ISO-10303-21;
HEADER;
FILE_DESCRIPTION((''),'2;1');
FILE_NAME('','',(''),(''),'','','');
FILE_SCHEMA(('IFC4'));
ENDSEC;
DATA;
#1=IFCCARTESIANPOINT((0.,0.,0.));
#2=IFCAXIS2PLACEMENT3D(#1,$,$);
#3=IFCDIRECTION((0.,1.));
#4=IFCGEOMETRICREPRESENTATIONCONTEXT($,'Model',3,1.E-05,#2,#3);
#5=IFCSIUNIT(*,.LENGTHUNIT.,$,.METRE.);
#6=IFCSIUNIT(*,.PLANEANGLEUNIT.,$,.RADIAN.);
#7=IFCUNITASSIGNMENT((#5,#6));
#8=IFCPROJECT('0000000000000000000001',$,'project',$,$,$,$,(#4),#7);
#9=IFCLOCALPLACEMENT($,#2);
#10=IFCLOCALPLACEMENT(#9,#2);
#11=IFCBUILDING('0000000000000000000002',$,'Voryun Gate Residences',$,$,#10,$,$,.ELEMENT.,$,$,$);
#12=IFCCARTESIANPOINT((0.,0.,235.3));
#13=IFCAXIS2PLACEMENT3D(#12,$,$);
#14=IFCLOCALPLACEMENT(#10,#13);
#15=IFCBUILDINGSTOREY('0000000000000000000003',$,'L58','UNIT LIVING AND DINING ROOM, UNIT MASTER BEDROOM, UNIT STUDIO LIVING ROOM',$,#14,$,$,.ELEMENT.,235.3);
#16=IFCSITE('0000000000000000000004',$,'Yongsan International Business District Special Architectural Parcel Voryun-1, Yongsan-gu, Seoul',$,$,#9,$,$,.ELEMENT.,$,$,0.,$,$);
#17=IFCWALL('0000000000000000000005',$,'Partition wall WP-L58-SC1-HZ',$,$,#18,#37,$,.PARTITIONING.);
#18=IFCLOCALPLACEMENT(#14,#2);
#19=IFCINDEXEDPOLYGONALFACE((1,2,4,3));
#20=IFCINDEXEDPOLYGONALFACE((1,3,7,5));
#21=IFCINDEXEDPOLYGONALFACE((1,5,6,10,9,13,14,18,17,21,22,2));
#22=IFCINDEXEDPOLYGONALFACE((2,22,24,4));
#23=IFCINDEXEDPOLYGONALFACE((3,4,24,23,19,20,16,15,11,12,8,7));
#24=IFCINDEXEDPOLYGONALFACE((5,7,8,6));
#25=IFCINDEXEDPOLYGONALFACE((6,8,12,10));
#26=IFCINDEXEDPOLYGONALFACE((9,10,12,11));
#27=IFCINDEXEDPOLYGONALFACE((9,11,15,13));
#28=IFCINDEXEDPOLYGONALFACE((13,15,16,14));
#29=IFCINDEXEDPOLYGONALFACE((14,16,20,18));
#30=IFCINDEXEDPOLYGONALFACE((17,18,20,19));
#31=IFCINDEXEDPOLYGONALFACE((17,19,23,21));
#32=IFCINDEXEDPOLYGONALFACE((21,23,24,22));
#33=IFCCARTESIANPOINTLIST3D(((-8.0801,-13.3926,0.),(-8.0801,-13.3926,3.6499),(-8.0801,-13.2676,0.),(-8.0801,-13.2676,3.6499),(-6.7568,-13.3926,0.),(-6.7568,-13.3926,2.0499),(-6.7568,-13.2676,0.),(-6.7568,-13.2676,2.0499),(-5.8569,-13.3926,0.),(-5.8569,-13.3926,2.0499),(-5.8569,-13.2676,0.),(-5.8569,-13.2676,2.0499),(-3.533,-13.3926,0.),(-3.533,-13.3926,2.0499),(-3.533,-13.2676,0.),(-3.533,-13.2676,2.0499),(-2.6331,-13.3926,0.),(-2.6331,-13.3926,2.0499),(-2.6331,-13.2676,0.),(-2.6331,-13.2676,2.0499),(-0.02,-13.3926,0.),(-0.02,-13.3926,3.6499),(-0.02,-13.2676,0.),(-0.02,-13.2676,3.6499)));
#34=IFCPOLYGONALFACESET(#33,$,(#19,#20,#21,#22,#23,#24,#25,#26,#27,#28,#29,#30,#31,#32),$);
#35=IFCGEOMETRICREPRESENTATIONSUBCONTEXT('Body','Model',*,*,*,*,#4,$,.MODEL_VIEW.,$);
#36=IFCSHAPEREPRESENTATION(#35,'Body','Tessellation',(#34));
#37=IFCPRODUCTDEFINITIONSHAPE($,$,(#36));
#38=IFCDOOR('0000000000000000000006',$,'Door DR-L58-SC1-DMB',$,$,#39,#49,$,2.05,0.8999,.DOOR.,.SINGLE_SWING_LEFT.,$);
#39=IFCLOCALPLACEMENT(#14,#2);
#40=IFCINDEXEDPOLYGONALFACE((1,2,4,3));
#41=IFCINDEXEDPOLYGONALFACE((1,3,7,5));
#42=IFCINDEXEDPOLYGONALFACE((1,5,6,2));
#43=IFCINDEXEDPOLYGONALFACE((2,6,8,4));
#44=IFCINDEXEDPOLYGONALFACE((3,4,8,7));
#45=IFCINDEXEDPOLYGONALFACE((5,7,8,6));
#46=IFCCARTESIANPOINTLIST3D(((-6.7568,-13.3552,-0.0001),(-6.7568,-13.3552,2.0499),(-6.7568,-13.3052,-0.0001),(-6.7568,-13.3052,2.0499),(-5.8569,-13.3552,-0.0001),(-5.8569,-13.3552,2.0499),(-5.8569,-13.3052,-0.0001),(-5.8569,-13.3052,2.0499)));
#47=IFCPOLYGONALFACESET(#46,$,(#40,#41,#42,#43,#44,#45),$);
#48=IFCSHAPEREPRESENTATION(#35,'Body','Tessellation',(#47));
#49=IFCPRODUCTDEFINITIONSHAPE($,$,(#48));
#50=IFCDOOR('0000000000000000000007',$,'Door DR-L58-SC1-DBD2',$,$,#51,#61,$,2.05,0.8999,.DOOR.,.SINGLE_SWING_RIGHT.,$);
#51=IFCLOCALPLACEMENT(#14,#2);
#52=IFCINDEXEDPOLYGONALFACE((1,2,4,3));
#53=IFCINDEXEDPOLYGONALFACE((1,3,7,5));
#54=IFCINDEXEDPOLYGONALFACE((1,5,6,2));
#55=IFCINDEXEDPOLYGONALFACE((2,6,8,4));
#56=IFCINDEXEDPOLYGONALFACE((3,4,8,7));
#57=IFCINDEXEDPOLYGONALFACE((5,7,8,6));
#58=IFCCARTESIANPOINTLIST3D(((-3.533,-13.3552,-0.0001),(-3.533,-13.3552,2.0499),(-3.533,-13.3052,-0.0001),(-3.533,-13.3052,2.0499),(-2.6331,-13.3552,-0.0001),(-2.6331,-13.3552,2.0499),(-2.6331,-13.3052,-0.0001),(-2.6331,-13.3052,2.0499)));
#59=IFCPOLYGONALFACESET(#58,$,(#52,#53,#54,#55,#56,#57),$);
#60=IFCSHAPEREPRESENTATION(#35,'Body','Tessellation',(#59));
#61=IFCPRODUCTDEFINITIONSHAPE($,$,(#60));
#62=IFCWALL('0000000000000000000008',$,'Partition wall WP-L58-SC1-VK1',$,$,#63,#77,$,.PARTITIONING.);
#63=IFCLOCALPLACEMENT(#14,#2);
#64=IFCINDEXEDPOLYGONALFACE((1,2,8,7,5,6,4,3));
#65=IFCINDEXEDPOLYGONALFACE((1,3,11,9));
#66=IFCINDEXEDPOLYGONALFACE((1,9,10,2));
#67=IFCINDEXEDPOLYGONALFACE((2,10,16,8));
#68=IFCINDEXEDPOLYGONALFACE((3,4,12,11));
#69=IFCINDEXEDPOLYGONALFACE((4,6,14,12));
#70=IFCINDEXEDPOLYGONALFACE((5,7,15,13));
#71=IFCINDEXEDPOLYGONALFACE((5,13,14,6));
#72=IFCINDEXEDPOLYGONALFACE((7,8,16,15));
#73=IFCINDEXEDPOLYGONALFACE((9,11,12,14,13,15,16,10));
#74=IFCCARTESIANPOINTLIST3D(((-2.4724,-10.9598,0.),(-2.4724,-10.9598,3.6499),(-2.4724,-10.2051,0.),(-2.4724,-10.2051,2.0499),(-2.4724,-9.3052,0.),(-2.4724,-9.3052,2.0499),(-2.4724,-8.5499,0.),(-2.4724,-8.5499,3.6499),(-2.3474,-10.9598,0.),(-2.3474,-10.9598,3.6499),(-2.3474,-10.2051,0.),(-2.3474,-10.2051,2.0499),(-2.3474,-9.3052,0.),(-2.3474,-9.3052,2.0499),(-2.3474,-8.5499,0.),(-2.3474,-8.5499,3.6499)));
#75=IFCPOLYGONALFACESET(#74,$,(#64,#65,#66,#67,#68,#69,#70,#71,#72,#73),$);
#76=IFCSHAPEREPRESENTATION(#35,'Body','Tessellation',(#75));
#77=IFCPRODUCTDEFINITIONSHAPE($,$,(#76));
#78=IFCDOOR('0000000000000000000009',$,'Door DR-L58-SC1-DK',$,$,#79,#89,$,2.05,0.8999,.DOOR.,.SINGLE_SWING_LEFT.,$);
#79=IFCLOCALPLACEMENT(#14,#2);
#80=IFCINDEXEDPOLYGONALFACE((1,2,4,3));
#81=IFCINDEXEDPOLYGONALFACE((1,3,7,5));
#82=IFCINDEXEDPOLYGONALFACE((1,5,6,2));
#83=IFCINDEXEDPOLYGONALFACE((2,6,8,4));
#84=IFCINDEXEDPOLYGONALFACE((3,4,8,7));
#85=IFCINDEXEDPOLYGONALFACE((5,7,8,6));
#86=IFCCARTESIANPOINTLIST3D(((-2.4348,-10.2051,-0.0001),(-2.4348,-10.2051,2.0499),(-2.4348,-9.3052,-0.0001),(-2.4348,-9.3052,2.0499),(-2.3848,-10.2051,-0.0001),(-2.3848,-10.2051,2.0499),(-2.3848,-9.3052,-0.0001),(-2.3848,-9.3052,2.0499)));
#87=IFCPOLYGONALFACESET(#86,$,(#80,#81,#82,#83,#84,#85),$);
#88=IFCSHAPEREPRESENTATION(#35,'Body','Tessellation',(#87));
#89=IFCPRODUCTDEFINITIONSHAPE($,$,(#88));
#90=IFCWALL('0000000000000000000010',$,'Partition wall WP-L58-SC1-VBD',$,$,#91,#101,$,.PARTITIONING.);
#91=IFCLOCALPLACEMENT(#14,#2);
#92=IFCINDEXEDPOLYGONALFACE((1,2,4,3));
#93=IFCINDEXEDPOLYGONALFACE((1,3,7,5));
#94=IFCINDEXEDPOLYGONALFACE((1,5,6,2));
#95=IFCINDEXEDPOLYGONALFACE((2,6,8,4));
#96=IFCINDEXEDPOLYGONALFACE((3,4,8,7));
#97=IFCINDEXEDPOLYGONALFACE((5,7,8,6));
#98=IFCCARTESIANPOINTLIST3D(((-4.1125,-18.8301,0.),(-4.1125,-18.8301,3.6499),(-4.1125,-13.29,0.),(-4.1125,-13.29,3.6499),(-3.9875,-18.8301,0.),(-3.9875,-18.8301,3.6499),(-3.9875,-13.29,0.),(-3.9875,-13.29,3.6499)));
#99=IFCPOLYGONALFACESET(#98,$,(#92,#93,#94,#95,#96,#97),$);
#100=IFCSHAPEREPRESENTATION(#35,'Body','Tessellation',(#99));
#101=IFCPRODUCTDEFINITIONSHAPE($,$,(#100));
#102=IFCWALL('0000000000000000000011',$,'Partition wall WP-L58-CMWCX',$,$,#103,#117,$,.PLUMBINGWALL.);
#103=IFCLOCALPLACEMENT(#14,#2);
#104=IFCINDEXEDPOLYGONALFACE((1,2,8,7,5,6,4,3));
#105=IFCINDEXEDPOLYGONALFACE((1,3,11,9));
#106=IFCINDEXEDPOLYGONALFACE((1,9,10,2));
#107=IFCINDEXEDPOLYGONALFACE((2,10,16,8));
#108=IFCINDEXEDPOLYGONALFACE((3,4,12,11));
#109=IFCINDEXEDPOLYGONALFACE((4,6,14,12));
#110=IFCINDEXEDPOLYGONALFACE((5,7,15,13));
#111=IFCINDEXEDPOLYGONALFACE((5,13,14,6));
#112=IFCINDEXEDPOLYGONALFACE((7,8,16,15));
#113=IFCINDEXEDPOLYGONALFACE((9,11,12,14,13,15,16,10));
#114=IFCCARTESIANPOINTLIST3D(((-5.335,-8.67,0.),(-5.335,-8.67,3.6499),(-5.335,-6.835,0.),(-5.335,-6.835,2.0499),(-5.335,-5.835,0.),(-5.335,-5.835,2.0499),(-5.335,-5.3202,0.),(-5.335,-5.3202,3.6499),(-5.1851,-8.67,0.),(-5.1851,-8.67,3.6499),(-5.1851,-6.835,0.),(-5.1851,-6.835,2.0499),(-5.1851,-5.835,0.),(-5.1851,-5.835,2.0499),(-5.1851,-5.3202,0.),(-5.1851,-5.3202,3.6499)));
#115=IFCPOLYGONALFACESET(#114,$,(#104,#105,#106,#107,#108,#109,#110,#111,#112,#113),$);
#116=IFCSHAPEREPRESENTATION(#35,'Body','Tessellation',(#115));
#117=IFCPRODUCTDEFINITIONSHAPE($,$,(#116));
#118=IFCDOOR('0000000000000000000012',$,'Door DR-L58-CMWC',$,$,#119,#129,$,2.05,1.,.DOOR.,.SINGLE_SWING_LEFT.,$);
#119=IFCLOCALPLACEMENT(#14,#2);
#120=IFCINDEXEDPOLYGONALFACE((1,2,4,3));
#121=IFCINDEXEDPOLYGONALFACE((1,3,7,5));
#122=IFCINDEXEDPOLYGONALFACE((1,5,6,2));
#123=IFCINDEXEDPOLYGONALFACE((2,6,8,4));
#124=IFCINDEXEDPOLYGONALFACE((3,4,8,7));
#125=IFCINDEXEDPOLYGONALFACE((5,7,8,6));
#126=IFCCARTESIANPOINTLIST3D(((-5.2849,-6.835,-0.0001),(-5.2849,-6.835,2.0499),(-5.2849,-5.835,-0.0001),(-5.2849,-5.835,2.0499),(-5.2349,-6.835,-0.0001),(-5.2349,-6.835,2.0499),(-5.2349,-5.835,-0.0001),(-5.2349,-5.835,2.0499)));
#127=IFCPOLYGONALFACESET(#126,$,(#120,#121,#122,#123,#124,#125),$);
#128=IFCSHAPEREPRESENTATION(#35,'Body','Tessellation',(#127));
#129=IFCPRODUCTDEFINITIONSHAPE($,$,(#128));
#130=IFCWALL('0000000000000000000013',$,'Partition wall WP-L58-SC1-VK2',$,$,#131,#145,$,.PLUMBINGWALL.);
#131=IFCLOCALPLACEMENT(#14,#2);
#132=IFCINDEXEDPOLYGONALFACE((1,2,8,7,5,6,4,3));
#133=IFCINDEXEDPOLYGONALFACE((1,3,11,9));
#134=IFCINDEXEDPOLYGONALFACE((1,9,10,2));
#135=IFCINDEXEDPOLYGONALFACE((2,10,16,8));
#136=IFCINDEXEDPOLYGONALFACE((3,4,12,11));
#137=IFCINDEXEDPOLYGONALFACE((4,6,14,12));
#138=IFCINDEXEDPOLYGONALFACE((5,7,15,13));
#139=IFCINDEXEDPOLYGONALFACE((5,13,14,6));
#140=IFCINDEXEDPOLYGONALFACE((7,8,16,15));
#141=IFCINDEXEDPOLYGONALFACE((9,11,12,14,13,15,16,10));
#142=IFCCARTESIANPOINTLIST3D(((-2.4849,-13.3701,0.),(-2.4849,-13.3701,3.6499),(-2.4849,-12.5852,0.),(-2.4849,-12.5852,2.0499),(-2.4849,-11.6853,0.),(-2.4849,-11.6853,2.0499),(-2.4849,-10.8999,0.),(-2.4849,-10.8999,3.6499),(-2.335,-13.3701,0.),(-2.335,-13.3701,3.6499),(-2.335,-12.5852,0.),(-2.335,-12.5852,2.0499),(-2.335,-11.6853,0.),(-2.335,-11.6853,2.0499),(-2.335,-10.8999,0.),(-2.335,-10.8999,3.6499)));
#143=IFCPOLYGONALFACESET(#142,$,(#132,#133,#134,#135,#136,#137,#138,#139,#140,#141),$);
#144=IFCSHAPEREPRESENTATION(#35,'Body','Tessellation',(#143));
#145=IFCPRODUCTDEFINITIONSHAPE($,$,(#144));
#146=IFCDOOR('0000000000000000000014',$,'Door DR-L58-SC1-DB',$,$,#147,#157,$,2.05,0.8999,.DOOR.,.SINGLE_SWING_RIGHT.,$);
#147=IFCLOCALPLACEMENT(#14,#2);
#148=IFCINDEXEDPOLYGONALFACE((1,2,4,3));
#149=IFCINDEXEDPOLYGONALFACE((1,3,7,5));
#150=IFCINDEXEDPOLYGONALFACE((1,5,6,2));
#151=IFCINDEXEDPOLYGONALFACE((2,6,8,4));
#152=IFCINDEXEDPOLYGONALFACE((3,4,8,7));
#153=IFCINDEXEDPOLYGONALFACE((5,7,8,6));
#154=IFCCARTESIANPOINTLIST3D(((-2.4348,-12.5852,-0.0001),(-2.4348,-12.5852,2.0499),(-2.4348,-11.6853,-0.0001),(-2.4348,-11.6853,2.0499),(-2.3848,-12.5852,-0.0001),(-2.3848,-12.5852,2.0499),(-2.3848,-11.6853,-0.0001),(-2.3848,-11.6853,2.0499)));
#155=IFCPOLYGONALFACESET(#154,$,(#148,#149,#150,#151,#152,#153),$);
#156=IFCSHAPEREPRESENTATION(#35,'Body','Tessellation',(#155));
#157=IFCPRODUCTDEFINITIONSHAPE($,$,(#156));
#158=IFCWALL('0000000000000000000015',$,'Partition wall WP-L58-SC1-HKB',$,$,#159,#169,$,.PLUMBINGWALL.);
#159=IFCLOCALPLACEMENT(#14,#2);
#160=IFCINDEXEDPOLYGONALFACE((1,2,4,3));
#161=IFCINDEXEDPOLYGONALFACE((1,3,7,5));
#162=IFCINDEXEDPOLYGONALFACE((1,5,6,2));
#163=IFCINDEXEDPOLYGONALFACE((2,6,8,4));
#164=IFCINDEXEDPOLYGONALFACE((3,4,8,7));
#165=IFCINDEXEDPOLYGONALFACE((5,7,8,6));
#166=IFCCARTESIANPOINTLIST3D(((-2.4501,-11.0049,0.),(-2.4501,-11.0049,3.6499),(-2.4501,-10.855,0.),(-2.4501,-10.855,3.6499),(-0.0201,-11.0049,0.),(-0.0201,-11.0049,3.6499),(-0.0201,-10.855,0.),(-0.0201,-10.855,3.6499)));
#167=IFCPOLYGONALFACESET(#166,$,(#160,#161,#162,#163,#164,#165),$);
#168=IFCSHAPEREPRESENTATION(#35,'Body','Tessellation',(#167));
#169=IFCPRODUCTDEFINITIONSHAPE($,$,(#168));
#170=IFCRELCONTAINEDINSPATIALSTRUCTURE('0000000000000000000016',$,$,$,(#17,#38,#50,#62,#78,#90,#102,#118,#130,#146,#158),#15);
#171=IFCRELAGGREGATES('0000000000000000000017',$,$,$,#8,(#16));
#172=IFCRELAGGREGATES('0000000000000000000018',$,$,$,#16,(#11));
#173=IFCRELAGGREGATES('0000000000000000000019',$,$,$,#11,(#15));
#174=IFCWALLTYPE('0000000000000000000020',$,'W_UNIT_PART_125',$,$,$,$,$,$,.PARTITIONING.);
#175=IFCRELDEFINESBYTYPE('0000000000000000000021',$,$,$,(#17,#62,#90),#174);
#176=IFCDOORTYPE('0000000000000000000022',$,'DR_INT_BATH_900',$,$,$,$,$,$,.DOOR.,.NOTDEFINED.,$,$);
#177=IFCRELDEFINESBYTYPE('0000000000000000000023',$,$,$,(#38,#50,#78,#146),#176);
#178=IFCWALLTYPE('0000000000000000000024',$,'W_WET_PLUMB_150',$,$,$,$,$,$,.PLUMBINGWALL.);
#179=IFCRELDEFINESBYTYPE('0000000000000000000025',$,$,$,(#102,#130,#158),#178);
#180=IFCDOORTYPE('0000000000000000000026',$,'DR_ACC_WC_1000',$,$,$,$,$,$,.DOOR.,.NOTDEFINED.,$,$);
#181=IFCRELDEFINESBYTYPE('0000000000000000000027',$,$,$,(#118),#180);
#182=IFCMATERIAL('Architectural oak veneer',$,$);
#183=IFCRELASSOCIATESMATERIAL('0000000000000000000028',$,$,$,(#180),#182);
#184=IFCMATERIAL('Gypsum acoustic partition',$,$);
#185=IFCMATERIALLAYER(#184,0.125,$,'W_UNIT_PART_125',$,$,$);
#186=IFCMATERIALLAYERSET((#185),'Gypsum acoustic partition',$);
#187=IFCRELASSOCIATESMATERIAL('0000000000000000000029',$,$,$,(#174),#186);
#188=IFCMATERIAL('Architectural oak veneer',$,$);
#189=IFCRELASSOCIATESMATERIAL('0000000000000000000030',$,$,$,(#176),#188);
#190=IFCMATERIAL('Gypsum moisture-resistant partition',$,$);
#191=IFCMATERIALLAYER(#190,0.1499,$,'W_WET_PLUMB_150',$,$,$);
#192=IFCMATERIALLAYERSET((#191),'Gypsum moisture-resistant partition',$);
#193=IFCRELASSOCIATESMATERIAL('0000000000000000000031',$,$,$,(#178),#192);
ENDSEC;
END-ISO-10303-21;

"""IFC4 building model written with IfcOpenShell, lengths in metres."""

from ifc_helpers import new_model, si_unit, direction, frame, frame_2d, origin, place, context, subcontext, project, spatial, rectangle, extrude, material, layer, layer_set, type_object, element, fill, save


model = new_model("IFC4")

# Units and contexts
model_context = context("Model", 3, precision=1e-05, world=origin(), true_north=direction((0.0, 1.0)))
body_context = subcontext(model_context, "Body", "Model", "MODEL_VIEW")
ifc_project = project(units=[si_unit("LENGTHUNIT", "METRE"), si_unit("PLANEANGLEUNIT", "RADIAN")], contexts=[model_context])

# Site, building, storey
site_placement = place(None, origin())
site = spatial("IfcSite", under=ifc_project, at=site_placement, Name="Yongsan International Business District Special Architectural Parcel Voryun-1, Yongsan-gu, Seoul", CompositionType="ELEMENT", RefElevation=0.0)
building_placement = place(site_placement, origin())
building = spatial("IfcBuilding", under=site, at=building_placement, Name="Voryun Gate Residences", CompositionType="ELEMENT")
storey_placement = place(building_placement, frame((0.0, 0.0, 235.3)))
storey = spatial("IfcBuildingStorey", under=building, at=storey_placement, Name="L58", Description="UNIT LIVING AND DINING ROOM, UNIT MASTER BEDROOM, UNIT STUDIO LIVING ROOM", CompositionType="ELEMENT", Elevation=235.3)

# Shared definitions
ifc_material_1 = material(Name="Architectural oak veneer")
door_type_1 = type_object("IfcDoorType", Name="DR_ACC_WC_1000", OperationType="NOTDEFINED", PredefinedType="DOOR", material=ifc_material_1)

# Shared definitions
ifc_material_2 = material(Name="Gypsum acoustic partition")
ifc_layer_1 = layer(ifc_material_2, 0.125, Name="W_UNIT_PART_125")
ifc_layer_set_1 = layer_set([ifc_layer_1], Name="Gypsum acoustic partition")
wall_type_1 = type_object("IfcWallType", Name="W_UNIT_PART_125", PredefinedType="PARTITIONING", material=ifc_layer_set_1)

# Wall, openings, doors
wall_1_placement = place(storey_placement, frame((-8.0801, -13.3301, 0.0), z_axis=(0.0, 0.0, 1.0), x_axis=(1.0, 0.0, 0.0)))
wall_1 = element("IfcWall", 1, at=wall_1_placement, inside=storey, type_object=wall_type_1, Name="Partition wall WP-L58-SC1-HZ", PredefinedType="PARTITIONING", context=body_context, shape_type="SweptSolid", body=[
    extrude(rectangle(XDim=8.0601, YDim=0.125, at=frame_2d((4.03, 0.0))), origin(), (0.0, 0.0, 1.0), 3.6499),
])
opening_1_placement = place(wall_1_placement, frame((1.3232, 0.0, 0.0)))
opening_1 = element("IfcOpeningElement", 2, at=opening_1_placement, cuts=wall_1, PredefinedType="OPENING", context=body_context, shape_type="SweptSolid", body=[
    extrude(rectangle(XDim=0.8999, YDim=2.05, at=frame_2d((0.45, 1.0249))), frame((0.0, 0.0725, 0.0), z_axis=(0.0, -1.0, 0.0), x_axis=(1.0, 0.0, 0.0)), (0.0, 0.0, 1.0), 0.145),
])
opening_2_placement = place(wall_1_placement, frame((4.5471, 0.0, 0.0)))
opening_2 = element("IfcOpeningElement", 3, at=opening_2_placement, cuts=wall_1, PredefinedType="OPENING", context=body_context, shape_type="SweptSolid", body=[
    extrude(rectangle(XDim=0.8999, YDim=2.05, at=frame_2d((0.45, 1.0249))), frame((0.0, 0.0725, 0.0), z_axis=(0.0, -1.0, 0.0), x_axis=(1.0, 0.0, 0.0)), (0.0, 0.0, 1.0), 0.145),
])
ifc_material_3 = material(Name="Architectural oak veneer")
door_type_2 = type_object("IfcDoorType", Name="DR_INT_BATH_900", OperationType="NOTDEFINED", PredefinedType="DOOR", material=ifc_material_3)
door_1_placement = place(opening_1_placement, origin())
door_1 = element("IfcDoor", 4, at=door_1_placement, inside=storey, type_object=door_type_2, Name="Door DR-L58-SC1-DMB", OperationType="SINGLE_SWING_LEFT", OverallHeight=2.05, OverallWidth=0.8999, PredefinedType="DOOR", context=body_context, shape_type="SweptSolid", body=[
    extrude(rectangle(XDim=0.8999, YDim=2.05, at=frame_2d((0.45, 1.0249))), frame((0.0, 0.0249, 0.0), z_axis=(0.0, -1.0, 0.0), x_axis=(1.0, 0.0, 0.0)), (0.0, 0.0, 1.0), 0.05),
])
fill(opening_1, door_1)
door_2_placement = place(opening_2_placement, origin())
door_2 = element("IfcDoor", 5, at=door_2_placement, inside=storey, type_object=door_type_2, Name="Door DR-L58-SC1-DBD2", OperationType="SINGLE_SWING_RIGHT", OverallHeight=2.05, OverallWidth=0.8999, PredefinedType="DOOR", context=body_context, shape_type="SweptSolid", body=[
    extrude(rectangle(XDim=0.8999, YDim=2.05, at=frame_2d((0.45, 1.0249))), frame((0.0, 0.0249, 0.0), z_axis=(0.0, -1.0, 0.0), x_axis=(1.0, 0.0, 0.0)), (0.0, 0.0, 1.0), 0.05),
])
fill(opening_2, door_2)

# Wall, opening, door
wall_2_placement = place(storey_placement, frame((-2.4099, -10.96, 0.0), z_axis=(0.0, 0.0, 1.0), x_axis=(0.0, 1.0, 0.0)))
wall_2 = element("IfcWall", 6, at=wall_2_placement, inside=storey, type_object=wall_type_1, Name="Partition wall WP-L58-SC1-VK1", PredefinedType="PARTITIONING", context=body_context, shape_type="SweptSolid", body=[
    extrude(rectangle(XDim=2.4099, YDim=0.125, at=frame_2d((1.2051, 0.0))), origin(), (0.0, 0.0, 1.0), 3.6499),
])
opening_3_placement = place(wall_2_placement, frame((0.7549, 0.0, 0.0)))
opening_3 = element("IfcOpeningElement", 7, at=opening_3_placement, cuts=wall_2, PredefinedType="OPENING", context=body_context, shape_type="SweptSolid", body=[
    extrude(rectangle(XDim=0.8999, YDim=2.05, at=frame_2d((0.45, 1.0249))), frame((0.0, 0.0725, 0.0), z_axis=(0.0, -1.0, 0.0), x_axis=(1.0, 0.0, 0.0)), (0.0, 0.0, 1.0), 0.145),
])
door_3_placement = place(opening_3_placement, origin())
door_3 = element("IfcDoor", 8, at=door_3_placement, inside=storey, type_object=door_type_2, Name="Door DR-L58-SC1-DK", OperationType="SINGLE_SWING_LEFT", OverallHeight=2.05, OverallWidth=0.8999, PredefinedType="DOOR", context=body_context, shape_type="SweptSolid", body=[
    extrude(rectangle(XDim=0.8999, YDim=2.05, at=frame_2d((0.45, 1.0249))), frame((0.0, 0.0249, 0.0), z_axis=(0.0, -1.0, 0.0), x_axis=(1.0, 0.0, 0.0)), (0.0, 0.0, 1.0), 0.05),
])
fill(opening_3, door_3)

# Wall
wall_3_placement = place(storey_placement, frame((-4.05, -18.8301, 0.0), z_axis=(0.0, 0.0, 1.0), x_axis=(0.0, 1.0, 0.0)))
element("IfcWall", 9, at=wall_3_placement, inside=storey, type_object=wall_type_1, Name="Partition wall WP-L58-SC1-VBD", PredefinedType="PARTITIONING", context=body_context, shape_type="SweptSolid", body=[
    extrude(rectangle(XDim=5.54, YDim=0.125, at=frame_2d((2.77, 0.0))), origin(), (0.0, 0.0, 1.0), 3.6499),
])

# Walls, openings, doors
ifc_material_4 = material(Name="Gypsum moisture-resistant partition")
ifc_layer_2 = layer(ifc_material_4, 0.1499, Name="W_WET_PLUMB_150")
ifc_layer_set_2 = layer_set([ifc_layer_2], Name="Gypsum moisture-resistant partition")
wall_type_2 = type_object("IfcWallType", Name="W_WET_PLUMB_150", PredefinedType="PLUMBINGWALL", material=ifc_layer_set_2)
wall_4_placement = place(storey_placement, frame((-5.26, -8.6699, 0.0), z_axis=(0.0, 0.0, 1.0), x_axis=(0.0, 1.0, 0.0)))
wall_4 = element("IfcWall", 10, at=wall_4_placement, inside=storey, type_object=wall_type_2, Name="Partition wall WP-L58-CMWCX", PredefinedType="PLUMBINGWALL", context=body_context, shape_type="SweptSolid", body=[
    extrude(rectangle(XDim=3.3499, YDim=0.1499, at=frame_2d((1.6748, 0.0))), origin(), (0.0, 0.0, 1.0), 3.6499),
])
opening_4_placement = place(wall_4_placement, frame((1.835, 0.0, 0.0)))
opening_4 = element("IfcOpeningElement", 11, at=opening_4_placement, cuts=wall_4, PredefinedType="OPENING", context=body_context, shape_type="SweptSolid", body=[
    extrude(rectangle(XDim=1.0, YDim=2.05, at=frame_2d((0.5, 1.0249))), frame((0.0, 0.085, 0.0), z_axis=(0.0, -1.0, 0.0), x_axis=(1.0, 0.0, 0.0)), (0.0, 0.0, 1.0), 0.1699),
])
door_4_placement = place(opening_4_placement, origin())
door_4 = element("IfcDoor", 12, at=door_4_placement, inside=storey, type_object=door_type_1, Name="Door DR-L58-CMWC", OperationType="SINGLE_SWING_LEFT", OverallHeight=2.05, OverallWidth=1.0, PredefinedType="DOOR", context=body_context, shape_type="SweptSolid", body=[
    extrude(rectangle(XDim=1.0, YDim=2.05, at=frame_2d((0.5, 1.0249))), frame((0.0, 0.0249, 0.0), z_axis=(0.0, -1.0, 0.0), x_axis=(1.0, 0.0, 0.0)), (0.0, 0.0, 1.0), 0.05),
])
fill(opening_4, door_4)
wall_5_placement = place(storey_placement, frame((-2.4099, -13.3701, 0.0), z_axis=(0.0, 0.0, 1.0), x_axis=(0.0, 1.0, 0.0)))
wall_5 = element("IfcWall", 13, at=wall_5_placement, inside=storey, type_object=wall_type_2, Name="Partition wall WP-L58-SC1-VK2", PredefinedType="PLUMBINGWALL", context=body_context, shape_type="SweptSolid", body=[
    extrude(rectangle(XDim=2.4702, YDim=0.1499, at=frame_2d((1.2351, 0.0))), origin(), (0.0, 0.0, 1.0), 3.6499),
])
opening_5_placement = place(wall_5_placement, frame((0.7849, 0.0, 0.0)))
opening_5 = element("IfcOpeningElement", 14, at=opening_5_placement, cuts=wall_5, PredefinedType="OPENING", context=body_context, shape_type="SweptSolid", body=[
    extrude(rectangle(XDim=0.8999, YDim=2.05, at=frame_2d((0.45, 1.0249))), frame((0.0, 0.085, 0.0), z_axis=(0.0, -1.0, 0.0), x_axis=(1.0, 0.0, 0.0)), (0.0, 0.0, 1.0), 0.1699),
])
door_5_placement = place(opening_5_placement, origin())
door_5 = element("IfcDoor", 15, at=door_5_placement, inside=storey, type_object=door_type_2, Name="Door DR-L58-SC1-DB", OperationType="SINGLE_SWING_RIGHT", OverallHeight=2.05, OverallWidth=0.8999, PredefinedType="DOOR", context=body_context, shape_type="SweptSolid", body=[
    extrude(rectangle(XDim=0.8999, YDim=2.05, at=frame_2d((0.45, 1.0249))), frame((0.0, 0.0249, 0.0), z_axis=(0.0, -1.0, 0.0), x_axis=(1.0, 0.0, 0.0)), (0.0, 0.0, 1.0), 0.05),
])
fill(opening_5, door_5)

# Wall
wall_6_placement = place(storey_placement, frame((-2.45, -10.9299, 0.0), z_axis=(0.0, 0.0, 1.0), x_axis=(1.0, 0.0, 0.0)))
element("IfcWall", 16, at=wall_6_placement, inside=storey, type_object=wall_type_2, Name="Partition wall WP-L58-SC1-HKB", PredefinedType="PLUMBINGWALL", context=body_context, shape_type="SweptSolid", body=[
    extrude(rectangle(XDim=2.4299, YDim=0.1499, at=frame_2d((1.2148, 0.0))), origin(), (0.0, 0.0, 1.0), 3.6499),
])

save(model, "model.ifc")
